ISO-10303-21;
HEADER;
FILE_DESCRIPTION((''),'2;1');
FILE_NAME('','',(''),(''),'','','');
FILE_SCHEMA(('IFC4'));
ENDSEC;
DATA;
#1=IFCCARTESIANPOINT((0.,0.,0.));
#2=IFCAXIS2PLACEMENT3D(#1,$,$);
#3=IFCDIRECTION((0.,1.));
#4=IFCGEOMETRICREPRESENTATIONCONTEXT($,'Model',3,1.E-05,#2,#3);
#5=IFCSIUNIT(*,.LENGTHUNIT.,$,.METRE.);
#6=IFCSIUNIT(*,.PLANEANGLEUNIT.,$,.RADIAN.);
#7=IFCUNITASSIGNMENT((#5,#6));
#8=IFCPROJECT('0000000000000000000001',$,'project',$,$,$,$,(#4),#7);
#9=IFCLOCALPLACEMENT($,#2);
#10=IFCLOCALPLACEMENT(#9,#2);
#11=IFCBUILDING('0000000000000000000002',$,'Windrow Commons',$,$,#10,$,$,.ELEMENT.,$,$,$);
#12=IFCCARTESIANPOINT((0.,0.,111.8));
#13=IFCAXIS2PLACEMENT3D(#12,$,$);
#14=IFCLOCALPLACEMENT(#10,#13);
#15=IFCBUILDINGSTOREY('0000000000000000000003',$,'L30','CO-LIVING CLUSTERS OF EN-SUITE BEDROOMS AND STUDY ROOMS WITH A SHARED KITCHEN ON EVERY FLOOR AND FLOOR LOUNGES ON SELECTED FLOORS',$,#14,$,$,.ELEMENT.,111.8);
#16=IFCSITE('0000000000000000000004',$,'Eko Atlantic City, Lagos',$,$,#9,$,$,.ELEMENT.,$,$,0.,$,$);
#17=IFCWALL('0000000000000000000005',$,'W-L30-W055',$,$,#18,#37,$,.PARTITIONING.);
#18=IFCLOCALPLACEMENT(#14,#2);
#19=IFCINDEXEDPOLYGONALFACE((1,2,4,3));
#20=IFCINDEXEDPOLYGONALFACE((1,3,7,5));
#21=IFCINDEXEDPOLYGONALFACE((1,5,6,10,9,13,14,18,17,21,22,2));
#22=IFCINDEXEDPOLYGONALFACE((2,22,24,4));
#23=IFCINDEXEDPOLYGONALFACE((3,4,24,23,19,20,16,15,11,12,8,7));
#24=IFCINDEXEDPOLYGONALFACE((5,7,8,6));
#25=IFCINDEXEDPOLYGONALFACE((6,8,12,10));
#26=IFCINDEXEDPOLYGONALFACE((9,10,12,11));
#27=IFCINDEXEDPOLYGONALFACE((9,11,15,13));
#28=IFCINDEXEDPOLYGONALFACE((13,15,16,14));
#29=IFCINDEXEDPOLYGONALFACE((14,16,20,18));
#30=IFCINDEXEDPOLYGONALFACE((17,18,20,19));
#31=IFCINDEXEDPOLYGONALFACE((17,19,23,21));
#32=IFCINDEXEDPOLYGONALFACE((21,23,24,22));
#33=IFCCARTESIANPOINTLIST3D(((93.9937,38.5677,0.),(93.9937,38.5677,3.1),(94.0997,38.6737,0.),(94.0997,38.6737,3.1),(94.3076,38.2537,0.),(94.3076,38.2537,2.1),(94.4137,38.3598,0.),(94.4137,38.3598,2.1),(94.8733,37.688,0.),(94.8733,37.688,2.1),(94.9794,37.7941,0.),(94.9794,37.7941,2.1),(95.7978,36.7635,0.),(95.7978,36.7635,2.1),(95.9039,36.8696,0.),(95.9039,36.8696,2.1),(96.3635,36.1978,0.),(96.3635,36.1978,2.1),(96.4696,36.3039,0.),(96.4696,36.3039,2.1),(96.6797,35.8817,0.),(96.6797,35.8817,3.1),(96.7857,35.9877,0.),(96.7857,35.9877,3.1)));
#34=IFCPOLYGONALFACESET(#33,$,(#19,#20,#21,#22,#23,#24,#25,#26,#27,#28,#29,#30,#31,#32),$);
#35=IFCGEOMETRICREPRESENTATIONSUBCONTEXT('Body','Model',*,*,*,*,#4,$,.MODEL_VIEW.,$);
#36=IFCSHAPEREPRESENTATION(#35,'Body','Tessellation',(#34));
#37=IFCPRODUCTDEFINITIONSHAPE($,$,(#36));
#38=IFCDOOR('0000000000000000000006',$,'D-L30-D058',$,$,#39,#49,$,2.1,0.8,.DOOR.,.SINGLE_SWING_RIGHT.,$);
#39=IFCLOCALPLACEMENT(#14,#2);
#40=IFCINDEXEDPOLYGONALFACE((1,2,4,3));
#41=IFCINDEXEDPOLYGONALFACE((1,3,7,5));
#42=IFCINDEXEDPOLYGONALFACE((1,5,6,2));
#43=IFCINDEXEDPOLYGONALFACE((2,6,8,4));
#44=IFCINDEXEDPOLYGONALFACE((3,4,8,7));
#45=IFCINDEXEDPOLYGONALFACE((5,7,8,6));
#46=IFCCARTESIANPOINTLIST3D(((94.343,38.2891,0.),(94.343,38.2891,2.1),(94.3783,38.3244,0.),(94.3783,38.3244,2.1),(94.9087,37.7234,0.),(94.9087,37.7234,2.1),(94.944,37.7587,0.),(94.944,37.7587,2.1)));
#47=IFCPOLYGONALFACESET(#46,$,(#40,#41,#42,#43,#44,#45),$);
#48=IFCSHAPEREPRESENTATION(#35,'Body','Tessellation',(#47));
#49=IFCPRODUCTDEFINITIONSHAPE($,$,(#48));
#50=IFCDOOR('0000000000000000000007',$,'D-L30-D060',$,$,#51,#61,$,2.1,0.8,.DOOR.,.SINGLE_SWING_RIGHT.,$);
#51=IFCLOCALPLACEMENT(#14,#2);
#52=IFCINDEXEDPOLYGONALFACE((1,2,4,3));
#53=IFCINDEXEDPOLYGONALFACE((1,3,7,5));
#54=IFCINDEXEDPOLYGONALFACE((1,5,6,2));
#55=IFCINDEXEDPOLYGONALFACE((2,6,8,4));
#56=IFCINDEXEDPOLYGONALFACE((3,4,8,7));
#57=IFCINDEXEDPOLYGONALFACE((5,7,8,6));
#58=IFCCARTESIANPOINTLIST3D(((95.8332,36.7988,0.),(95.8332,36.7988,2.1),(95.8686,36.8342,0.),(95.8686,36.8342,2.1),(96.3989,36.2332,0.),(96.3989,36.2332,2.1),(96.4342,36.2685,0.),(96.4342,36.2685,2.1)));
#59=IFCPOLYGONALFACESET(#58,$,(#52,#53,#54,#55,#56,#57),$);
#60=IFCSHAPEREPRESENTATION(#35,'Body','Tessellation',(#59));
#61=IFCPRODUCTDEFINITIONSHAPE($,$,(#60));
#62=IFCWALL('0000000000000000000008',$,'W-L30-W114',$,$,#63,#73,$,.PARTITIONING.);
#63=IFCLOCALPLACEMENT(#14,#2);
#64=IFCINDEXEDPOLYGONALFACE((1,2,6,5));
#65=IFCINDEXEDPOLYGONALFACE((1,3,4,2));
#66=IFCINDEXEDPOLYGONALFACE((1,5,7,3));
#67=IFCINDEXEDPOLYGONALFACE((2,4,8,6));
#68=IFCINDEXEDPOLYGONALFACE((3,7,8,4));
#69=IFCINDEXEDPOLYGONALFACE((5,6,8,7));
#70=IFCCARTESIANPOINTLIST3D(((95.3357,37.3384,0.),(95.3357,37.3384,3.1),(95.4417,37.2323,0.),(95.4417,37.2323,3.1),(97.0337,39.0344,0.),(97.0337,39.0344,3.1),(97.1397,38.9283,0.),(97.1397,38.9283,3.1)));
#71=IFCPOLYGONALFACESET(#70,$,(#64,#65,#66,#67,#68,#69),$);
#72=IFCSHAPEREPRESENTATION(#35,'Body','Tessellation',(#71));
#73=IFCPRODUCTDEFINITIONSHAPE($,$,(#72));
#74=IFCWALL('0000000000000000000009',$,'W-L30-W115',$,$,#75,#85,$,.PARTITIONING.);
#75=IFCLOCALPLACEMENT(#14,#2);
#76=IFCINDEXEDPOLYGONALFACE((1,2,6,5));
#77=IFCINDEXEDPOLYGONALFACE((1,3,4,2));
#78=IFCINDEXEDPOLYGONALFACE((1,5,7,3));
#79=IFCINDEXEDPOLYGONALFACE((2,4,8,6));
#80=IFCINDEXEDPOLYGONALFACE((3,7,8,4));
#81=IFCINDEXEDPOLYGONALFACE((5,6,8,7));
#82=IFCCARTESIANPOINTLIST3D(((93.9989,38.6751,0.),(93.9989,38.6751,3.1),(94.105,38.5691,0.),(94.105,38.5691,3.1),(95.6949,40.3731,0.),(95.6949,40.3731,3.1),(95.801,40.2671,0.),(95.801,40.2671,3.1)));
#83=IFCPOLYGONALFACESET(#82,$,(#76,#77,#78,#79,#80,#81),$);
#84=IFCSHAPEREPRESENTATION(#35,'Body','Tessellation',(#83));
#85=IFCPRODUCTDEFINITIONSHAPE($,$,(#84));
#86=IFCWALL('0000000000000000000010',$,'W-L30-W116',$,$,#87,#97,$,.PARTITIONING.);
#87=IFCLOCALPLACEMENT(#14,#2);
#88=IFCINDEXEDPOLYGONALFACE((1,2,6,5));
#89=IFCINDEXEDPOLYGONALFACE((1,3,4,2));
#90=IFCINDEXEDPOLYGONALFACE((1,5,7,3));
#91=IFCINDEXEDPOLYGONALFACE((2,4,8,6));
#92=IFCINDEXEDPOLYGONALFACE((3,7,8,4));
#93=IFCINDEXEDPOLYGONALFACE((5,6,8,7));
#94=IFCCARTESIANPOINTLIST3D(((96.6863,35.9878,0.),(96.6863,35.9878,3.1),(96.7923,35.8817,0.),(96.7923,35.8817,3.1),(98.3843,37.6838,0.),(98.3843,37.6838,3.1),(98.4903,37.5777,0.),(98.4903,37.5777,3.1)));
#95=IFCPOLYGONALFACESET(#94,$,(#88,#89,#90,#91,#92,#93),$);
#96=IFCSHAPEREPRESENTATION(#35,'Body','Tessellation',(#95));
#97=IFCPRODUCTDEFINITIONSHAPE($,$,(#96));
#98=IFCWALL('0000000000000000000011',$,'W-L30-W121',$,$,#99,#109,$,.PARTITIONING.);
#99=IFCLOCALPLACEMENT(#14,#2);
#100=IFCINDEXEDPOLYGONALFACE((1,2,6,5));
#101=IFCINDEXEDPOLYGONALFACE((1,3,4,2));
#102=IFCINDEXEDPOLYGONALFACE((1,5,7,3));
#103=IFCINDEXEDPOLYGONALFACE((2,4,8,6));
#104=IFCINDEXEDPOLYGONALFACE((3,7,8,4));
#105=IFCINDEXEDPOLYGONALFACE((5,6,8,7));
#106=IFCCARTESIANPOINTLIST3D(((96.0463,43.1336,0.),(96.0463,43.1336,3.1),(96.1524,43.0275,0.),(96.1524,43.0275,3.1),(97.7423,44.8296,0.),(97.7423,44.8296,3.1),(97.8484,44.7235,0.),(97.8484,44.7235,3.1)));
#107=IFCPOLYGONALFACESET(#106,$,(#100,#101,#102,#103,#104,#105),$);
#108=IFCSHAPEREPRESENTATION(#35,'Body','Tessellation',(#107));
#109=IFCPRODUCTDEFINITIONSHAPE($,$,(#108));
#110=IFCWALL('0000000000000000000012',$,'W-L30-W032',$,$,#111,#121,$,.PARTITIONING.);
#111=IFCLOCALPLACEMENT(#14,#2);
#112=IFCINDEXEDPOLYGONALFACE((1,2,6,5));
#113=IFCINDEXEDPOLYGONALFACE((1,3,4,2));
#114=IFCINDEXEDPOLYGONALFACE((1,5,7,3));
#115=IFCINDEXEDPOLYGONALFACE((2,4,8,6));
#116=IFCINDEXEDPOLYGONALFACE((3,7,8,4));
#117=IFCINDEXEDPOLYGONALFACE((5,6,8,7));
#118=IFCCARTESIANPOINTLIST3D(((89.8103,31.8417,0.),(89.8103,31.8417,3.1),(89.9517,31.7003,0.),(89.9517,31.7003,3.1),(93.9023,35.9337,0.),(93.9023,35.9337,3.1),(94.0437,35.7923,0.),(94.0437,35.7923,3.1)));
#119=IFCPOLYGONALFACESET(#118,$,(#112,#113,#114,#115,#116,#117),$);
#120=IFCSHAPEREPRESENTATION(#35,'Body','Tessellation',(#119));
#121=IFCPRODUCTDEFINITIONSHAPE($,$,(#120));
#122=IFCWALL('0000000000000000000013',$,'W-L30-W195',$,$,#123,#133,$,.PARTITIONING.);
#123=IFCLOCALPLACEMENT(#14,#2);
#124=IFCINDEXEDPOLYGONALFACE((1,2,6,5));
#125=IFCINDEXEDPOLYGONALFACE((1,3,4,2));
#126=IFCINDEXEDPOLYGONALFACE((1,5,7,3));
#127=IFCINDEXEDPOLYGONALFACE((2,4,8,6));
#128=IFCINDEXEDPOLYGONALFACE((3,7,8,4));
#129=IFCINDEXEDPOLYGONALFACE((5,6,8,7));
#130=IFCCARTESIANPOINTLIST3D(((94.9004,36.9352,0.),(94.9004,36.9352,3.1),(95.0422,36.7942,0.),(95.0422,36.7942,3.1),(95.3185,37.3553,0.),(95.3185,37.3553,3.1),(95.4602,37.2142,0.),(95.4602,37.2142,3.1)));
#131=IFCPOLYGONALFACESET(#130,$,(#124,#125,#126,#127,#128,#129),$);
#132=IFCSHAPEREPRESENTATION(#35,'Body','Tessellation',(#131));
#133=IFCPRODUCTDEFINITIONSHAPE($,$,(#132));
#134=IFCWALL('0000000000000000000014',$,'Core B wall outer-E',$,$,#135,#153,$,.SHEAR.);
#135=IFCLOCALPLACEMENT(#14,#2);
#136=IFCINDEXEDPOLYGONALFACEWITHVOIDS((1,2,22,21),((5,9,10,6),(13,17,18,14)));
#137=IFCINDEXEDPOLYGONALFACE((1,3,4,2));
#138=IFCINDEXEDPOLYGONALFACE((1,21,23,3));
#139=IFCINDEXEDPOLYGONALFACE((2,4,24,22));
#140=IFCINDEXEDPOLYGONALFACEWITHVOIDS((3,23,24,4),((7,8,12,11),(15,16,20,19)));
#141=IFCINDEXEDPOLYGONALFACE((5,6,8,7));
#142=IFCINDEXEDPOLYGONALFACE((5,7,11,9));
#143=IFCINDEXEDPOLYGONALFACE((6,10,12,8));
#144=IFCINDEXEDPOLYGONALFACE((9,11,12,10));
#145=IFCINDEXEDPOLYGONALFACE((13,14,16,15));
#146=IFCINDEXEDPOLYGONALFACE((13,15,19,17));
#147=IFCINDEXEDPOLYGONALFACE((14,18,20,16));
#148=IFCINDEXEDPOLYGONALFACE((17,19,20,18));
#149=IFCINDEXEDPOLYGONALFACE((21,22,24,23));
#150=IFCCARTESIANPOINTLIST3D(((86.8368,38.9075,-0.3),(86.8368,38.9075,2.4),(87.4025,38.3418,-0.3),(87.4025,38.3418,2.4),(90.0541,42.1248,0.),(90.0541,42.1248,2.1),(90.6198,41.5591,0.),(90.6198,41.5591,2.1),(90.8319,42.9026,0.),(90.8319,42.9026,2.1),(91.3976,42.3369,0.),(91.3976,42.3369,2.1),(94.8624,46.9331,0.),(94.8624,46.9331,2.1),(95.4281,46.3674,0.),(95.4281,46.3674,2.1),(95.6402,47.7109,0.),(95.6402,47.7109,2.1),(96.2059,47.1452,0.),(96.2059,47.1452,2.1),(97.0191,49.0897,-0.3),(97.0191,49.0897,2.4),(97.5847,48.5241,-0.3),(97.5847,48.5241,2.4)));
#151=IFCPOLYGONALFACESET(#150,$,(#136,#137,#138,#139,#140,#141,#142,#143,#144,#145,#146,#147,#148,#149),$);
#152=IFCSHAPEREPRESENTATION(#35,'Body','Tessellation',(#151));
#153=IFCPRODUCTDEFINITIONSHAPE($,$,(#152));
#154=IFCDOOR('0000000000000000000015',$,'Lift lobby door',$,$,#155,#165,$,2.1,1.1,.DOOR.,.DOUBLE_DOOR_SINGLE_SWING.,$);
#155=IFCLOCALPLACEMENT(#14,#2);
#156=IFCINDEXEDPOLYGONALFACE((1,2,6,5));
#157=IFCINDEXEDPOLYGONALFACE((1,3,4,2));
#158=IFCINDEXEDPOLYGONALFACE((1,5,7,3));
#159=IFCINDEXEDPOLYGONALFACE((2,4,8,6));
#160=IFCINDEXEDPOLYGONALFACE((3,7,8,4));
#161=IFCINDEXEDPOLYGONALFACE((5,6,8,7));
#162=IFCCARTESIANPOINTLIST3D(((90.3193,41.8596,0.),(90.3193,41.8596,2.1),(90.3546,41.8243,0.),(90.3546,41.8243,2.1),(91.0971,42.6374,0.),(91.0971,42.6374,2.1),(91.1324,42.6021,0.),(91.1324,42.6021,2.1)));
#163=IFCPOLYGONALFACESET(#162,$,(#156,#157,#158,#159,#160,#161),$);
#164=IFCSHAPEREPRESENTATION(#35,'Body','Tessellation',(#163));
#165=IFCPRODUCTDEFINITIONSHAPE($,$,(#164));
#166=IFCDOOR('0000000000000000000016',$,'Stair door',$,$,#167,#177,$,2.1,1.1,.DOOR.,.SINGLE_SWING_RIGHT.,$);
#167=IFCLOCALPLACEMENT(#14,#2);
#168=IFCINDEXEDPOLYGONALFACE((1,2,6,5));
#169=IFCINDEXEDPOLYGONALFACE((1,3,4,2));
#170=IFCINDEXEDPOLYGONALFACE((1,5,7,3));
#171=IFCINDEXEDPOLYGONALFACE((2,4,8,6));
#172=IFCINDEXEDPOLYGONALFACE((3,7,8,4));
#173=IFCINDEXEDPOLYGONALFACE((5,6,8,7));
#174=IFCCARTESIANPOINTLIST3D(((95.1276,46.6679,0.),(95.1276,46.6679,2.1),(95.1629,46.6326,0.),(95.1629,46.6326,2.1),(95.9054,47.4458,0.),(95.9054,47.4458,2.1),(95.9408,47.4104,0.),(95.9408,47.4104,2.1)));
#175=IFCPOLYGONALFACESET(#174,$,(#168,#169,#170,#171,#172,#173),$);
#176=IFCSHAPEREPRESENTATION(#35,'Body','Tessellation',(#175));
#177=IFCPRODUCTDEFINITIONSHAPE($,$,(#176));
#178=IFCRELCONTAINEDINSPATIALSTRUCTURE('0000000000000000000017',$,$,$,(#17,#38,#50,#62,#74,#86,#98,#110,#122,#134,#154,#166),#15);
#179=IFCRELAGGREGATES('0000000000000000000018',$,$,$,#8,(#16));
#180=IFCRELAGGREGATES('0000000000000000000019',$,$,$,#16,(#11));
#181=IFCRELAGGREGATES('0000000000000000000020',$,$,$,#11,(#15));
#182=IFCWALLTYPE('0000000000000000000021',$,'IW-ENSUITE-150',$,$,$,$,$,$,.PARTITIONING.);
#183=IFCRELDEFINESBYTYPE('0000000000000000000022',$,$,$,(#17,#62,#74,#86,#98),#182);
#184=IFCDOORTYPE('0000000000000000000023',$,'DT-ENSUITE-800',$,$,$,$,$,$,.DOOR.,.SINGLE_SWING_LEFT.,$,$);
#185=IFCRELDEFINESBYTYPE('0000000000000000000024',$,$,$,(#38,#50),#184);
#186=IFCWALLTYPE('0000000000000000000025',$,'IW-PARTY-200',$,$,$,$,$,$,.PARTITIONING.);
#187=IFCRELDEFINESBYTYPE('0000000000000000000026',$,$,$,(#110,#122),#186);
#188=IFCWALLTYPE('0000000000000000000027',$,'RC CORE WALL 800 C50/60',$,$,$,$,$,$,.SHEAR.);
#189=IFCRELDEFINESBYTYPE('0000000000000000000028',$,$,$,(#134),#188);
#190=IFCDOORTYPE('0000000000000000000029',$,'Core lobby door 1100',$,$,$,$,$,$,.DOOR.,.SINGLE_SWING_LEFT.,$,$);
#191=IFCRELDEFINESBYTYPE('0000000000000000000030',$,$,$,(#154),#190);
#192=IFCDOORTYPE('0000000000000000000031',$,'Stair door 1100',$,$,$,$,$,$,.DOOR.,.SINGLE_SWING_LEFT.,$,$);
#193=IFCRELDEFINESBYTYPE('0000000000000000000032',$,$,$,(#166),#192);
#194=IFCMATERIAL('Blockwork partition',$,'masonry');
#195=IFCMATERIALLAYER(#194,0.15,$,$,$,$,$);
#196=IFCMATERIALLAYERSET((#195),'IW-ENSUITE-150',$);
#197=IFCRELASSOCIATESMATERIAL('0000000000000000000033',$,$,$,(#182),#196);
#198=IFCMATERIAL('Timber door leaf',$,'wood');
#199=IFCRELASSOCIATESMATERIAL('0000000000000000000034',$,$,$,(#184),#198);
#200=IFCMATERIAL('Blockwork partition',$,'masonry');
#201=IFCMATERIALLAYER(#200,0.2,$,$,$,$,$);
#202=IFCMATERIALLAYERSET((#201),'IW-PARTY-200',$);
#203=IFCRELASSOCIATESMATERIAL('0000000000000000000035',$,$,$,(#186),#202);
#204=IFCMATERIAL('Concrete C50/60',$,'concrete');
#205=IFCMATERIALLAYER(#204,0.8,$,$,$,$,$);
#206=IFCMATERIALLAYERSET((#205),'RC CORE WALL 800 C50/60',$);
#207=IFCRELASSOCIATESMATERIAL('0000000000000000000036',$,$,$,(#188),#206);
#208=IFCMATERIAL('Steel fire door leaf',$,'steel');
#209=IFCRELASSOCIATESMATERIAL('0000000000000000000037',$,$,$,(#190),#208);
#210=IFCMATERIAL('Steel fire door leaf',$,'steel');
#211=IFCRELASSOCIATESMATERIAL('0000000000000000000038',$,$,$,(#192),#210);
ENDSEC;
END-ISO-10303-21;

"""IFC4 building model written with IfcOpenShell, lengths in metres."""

from ifc_helpers import new_model, si_unit, direction, frame, frame_2d, origin, place, context, subcontext, project, spatial, rectangle, extrude, material, layer, layer_set, type_object, element, fill, save


model = new_model("IFC4")

# Units and contexts
model_context = context("Model", 3, precision=1e-05, world=origin(), true_north=direction((0.0, 1.0)))
body_context = subcontext(model_context, "Body", "Model", "MODEL_VIEW")
ifc_project = project(units=[si_unit("LENGTHUNIT", "METRE"), si_unit("PLANEANGLEUNIT", "RADIAN")], contexts=[model_context])

# Site, building, storey
site_placement = place(None, origin())
site = spatial("IfcSite", under=ifc_project, at=site_placement, Name="Eko Atlantic City, Lagos", CompositionType="ELEMENT", RefElevation=0.0)
building_placement = place(site_placement, origin())
building = spatial("IfcBuilding", under=site, at=building_placement, Name="Windrow Commons", CompositionType="ELEMENT")
storey_placement = place(building_placement, frame((0.0, 0.0, 111.8)))
storey = spatial("IfcBuildingStorey", under=building, at=storey_placement, Name="L30", Description="CO-LIVING CLUSTERS OF EN-SUITE BEDROOMS AND STUDY ROOMS WITH A SHARED KITCHEN ON EVERY FLOOR AND FLOOR LOUNGES ON SELECTED FLOORS", CompositionType="ELEMENT", Elevation=111.8)

# Wall, openings, doors
ifc_material_1 = material(Name="Blockwork partition", Category="masonry")
ifc_layer_1 = layer(ifc_material_1, 0.15)
ifc_layer_set_1 = layer_set([ifc_layer_1], Name="IW-ENSUITE-150")
wall_type_1 = type_object("IfcWallType", Name="IW-ENSUITE-150", PredefinedType="PARTITIONING", material=ifc_layer_set_1)
wall_1_placement = place(storey_placement, frame((94.0467, 38.6207, 0.0), z_axis=(0.0, 0.0, 1.0), x_axis=(0.707107, -0.707107, 0.0)))
wall_1 = element("IfcWall", 1, at=wall_1_placement, inside=storey, type_object=wall_type_1, Name="W-L30-W055", PredefinedType="PARTITIONING", context=body_context, shape_type="SweptSolid", body=[
    extrude(rectangle(XDim=3.7986, YDim=0.15, at=frame_2d((1.8993, 0.0))), origin(), (0.0, 0.0, 1.0), 3.1),
])
opening_1_placement = place(wall_1_placement, frame((0.444, 0.0, 0.0)))
opening_1 = element("IfcOpeningElement", 2, at=opening_1_placement, cuts=wall_1, PredefinedType="OPENING", context=body_context, shape_type="SweptSolid", body=[
    extrude(rectangle(XDim=0.8, YDim=2.1, at=frame_2d((0.4, 1.05))), frame((0.0, 0.085, 0.0), z_axis=(0.0, -1.0, 0.0), x_axis=(1.0, 0.0, 0.0)), (0.0, 0.0, 1.0), 0.17),
])
opening_2_placement = place(wall_1_placement, frame((2.5515, 0.0, 0.0)))
opening_2 = element("IfcOpeningElement", 3, at=opening_2_placement, cuts=wall_1, PredefinedType="OPENING", context=body_context, shape_type="SweptSolid", body=[
    extrude(rectangle(XDim=0.8, YDim=2.1, at=frame_2d((0.4, 1.05))), frame((0.0, 0.085, 0.0), z_axis=(0.0, -1.0, 0.0), x_axis=(1.0, 0.0, 0.0)), (0.0, 0.0, 1.0), 0.17),
])
ifc_material_2 = material(Name="Timber door leaf", Category="wood")
door_type_1 = type_object("IfcDoorType", Name="DT-ENSUITE-800", OperationType="SINGLE_SWING_LEFT", PredefinedType="DOOR", material=ifc_material_2)
door_1_placement = place(opening_1_placement, origin())
door_1 = element("IfcDoor", 4, at=door_1_placement, inside=storey, type_object=door_type_1, Name="D-L30-D058", OperationType="SINGLE_SWING_RIGHT", OverallHeight=2.1, OverallWidth=0.8, PredefinedType="DOOR", context=body_context, shape_type="SweptSolid", body=[
    extrude(rectangle(XDim=0.8, YDim=2.1, at=frame_2d((0.4, 1.05))), frame((0.0, 0.025, 0.0), z_axis=(0.0, -1.0, 0.0), x_axis=(1.0, 0.0, 0.0)), (0.0, 0.0, 1.0), 0.05),
])
fill(opening_1, door_1)
door_2_placement = place(opening_2_placement, origin())
door_2 = element("IfcDoor", 5, at=door_2_placement, inside=storey, type_object=door_type_1, Name="D-L30-D060", OperationType="SINGLE_SWING_RIGHT", OverallHeight=2.1, OverallWidth=0.8, PredefinedType="DOOR", context=body_context, shape_type="SweptSolid", body=[
    extrude(rectangle(XDim=0.8, YDim=2.1, at=frame_2d((0.4, 1.05))), frame((0.0, 0.025, 0.0), z_axis=(0.0, -1.0, 0.0), x_axis=(1.0, 0.0, 0.0)), (0.0, 0.0, 1.0), 0.05),
])
fill(opening_2, door_2)

# Walls
for number, where, z_axis, x_axis, name in (
    (6, (95.3887, 37.2853, 0.0), (0.0, 0.0, 1.0), (0.707523, 0.70669, 0.0), "W-L30-W114"),
    (7, (94.0519, 38.6221, 0.0), (0.0, 0.0, 1.0), (0.70669, 0.707523, 0.0), "W-L30-W115"),
    (8, (96.7393, 35.9347, 0.0), (0.0, 0.0, 1.0), (0.707523, 0.70669, 0.0), "W-L30-W116"),
):
    element("IfcWall", number, at=place(storey_placement, frame(where, z_axis=z_axis, x_axis=x_axis)), inside=storey, type_object=wall_type_1, Name=name, PredefinedType="PARTITIONING", context=body_context, shape_type="SweptSolid", body=[
        extrude(rectangle(XDim=2.3999, YDim=0.15, at=frame_2d((1.2, 0.0))), origin(), (0.0, 0.0, 1.0), 3.1),
    ])
wall_2_placement = place(storey_placement, frame((96.0994, 43.0806, 0.0), z_axis=(0.0, 0.0, 1.0), x_axis=(0.707107, 0.707107, 0.0)))
element("IfcWall", 9, at=wall_2_placement, inside=storey, type_object=wall_type_1, Name="W-L30-W121", PredefinedType="PARTITIONING", context=body_context, shape_type="SweptSolid", body=[
    extrude(rectangle(XDim=2.3985, YDim=0.15, at=frame_2d((1.1992, 0.0))), origin(), (0.0, 0.0, 1.0), 3.1),
])
ifc_material_3 = material(Name="Blockwork partition", Category="masonry")
ifc_layer_2 = layer(ifc_material_3, 0.2)
ifc_layer_set_2 = layer_set([ifc_layer_2], Name="IW-PARTY-200")
wall_type_2 = type_object("IfcWallType", Name="IW-PARTY-200", PredefinedType="PARTITIONING", material=ifc_layer_set_2)
wall_3_placement = place(storey_placement, frame((89.881, 31.771, 0.0), z_axis=(0.0, 0.0, 1.0), x_axis=(0.707107, 0.707107, 0.0)))
element("IfcWall", 10, at=wall_3_placement, inside=storey, type_object=wall_type_2, Name="W-L30-W032", PredefinedType="PARTITIONING", context=body_context, shape_type="SweptSolid", body=[
    extrude(rectangle(XDim=5.787, YDim=0.2, at=frame_2d((2.8935, 0.0))), origin(), (0.0, 0.0, 1.0), 3.1),
])
wall_4_placement = place(storey_placement, frame((94.9713, 36.8647, 0.0), z_axis=(0.0, 0.0, 1.0), x_axis=(0.705417, 0.708792, 0.0)))
element("IfcWall", 11, at=wall_4_placement, inside=storey, type_object=wall_type_2, Name="W-L30-W195", PredefinedType="PARTITIONING", context=body_context, shape_type="SweptSolid", body=[
    extrude(rectangle(XDim=0.5926, YDim=0.2, at=frame_2d((0.2963, 0.0))), origin(), (0.0, 0.0, 1.0), 3.1),
])

# Wall, openings, doors
ifc_material_4 = material(Name="Concrete C50/60", Category="concrete")
ifc_layer_3 = layer(ifc_material_4, 0.8)
ifc_layer_set_3 = layer_set([ifc_layer_3], Name="RC CORE WALL 800 C50/60")
wall_type_3 = type_object("IfcWallType", Name="RC CORE WALL 800 C50/60", PredefinedType="SHEAR", material=ifc_layer_set_3)
wall_5_placement = place(storey_placement, frame((87.1196, 38.6246, -0.3), z_axis=(0.0, 0.0, 1.0), x_axis=(0.707107, 0.707107, 0.0)))
wall_5 = element("IfcWall", 12, at=wall_5_placement, inside=storey, type_object=wall_type_3, Name="Core B wall outer-E", PredefinedType="SHEAR", context=body_context, shape_type="SweptSolid", body=[
    extrude(rectangle(XDim=14.3999, YDim=0.8, at=frame_2d((7.2, 0.0))), origin(), (0.0, 0.0, 1.0), 2.7),
])
opening_3_placement = place(wall_5_placement, frame((4.55, 0.0, 0.3)))
opening_3 = element("IfcOpeningElement", 13, at=opening_3_placement, cuts=wall_5, PredefinedType="OPENING", context=body_context, shape_type="SweptSolid", body=[
    extrude(rectangle(XDim=1.1, YDim=2.1, at=frame_2d((0.55, 1.05))), frame((0.0, 0.41, 0.0), z_axis=(0.0, -1.0, 0.0), x_axis=(1.0, 0.0, 0.0)), (0.0, 0.0, 1.0), 0.82),
])
opening_4_placement = place(wall_5_placement, frame((11.35, 0.0, 0.3)))
opening_4 = element("IfcOpeningElement", 14, at=opening_4_placement, cuts=wall_5, PredefinedType="OPENING", context=body_context, shape_type="SweptSolid", body=[
    extrude(rectangle(XDim=1.1, YDim=2.1, at=frame_2d((0.55, 1.05))), frame((0.0, 0.41, 0.0), z_axis=(0.0, -1.0, 0.0), x_axis=(1.0, 0.0, 0.0)), (0.0, 0.0, 1.0), 0.82),
])
ifc_material_5 = material(Name="Steel fire door leaf", Category="steel")
door_type_2 = type_object("IfcDoorType", Name="Core lobby door 1100", OperationType="SINGLE_SWING_LEFT", PredefinedType="DOOR", material=ifc_material_5)
door_3_placement = place(opening_3_placement, origin())
door_3 = element("IfcDoor", 15, at=door_3_placement, inside=storey, type_object=door_type_2, Name="Lift lobby door", OperationType="DOUBLE_DOOR_SINGLE_SWING", OverallHeight=2.1, OverallWidth=1.1, PredefinedType="DOOR", context=body_context, shape_type="SweptSolid", body=[
    extrude(rectangle(XDim=1.1, YDim=2.1, at=frame_2d((0.55, 1.05))), frame((0.0, 0.025, 0.0), z_axis=(0.0, -1.0, 0.0), x_axis=(1.0, 0.0, 0.0)), (0.0, 0.0, 1.0), 0.05),
])
fill(opening_3, door_3)
ifc_material_6 = material(Name="Steel fire door leaf", Category="steel")
door_type_3 = type_object("IfcDoorType", Name="Stair door 1100", OperationType="SINGLE_SWING_LEFT", PredefinedType="DOOR", material=ifc_material_6)
door_4_placement = place(opening_4_placement, origin())
door_4 = element("IfcDoor", 16, at=door_4_placement, inside=storey, type_object=door_type_3, Name="Stair door", OperationType="SINGLE_SWING_RIGHT", OverallHeight=2.1, OverallWidth=1.1, PredefinedType="DOOR", context=body_context, shape_type="SweptSolid", body=[
    extrude(rectangle(XDim=1.1, YDim=2.1, at=frame_2d((0.55, 1.05))), frame((0.0, 0.025, 0.0), z_axis=(0.0, -1.0, 0.0), x_axis=(1.0, 0.0, 0.0)), (0.0, 0.0, 1.0), 0.05),
])
fill(opening_4, door_4)

save(model, "model.ifc")
